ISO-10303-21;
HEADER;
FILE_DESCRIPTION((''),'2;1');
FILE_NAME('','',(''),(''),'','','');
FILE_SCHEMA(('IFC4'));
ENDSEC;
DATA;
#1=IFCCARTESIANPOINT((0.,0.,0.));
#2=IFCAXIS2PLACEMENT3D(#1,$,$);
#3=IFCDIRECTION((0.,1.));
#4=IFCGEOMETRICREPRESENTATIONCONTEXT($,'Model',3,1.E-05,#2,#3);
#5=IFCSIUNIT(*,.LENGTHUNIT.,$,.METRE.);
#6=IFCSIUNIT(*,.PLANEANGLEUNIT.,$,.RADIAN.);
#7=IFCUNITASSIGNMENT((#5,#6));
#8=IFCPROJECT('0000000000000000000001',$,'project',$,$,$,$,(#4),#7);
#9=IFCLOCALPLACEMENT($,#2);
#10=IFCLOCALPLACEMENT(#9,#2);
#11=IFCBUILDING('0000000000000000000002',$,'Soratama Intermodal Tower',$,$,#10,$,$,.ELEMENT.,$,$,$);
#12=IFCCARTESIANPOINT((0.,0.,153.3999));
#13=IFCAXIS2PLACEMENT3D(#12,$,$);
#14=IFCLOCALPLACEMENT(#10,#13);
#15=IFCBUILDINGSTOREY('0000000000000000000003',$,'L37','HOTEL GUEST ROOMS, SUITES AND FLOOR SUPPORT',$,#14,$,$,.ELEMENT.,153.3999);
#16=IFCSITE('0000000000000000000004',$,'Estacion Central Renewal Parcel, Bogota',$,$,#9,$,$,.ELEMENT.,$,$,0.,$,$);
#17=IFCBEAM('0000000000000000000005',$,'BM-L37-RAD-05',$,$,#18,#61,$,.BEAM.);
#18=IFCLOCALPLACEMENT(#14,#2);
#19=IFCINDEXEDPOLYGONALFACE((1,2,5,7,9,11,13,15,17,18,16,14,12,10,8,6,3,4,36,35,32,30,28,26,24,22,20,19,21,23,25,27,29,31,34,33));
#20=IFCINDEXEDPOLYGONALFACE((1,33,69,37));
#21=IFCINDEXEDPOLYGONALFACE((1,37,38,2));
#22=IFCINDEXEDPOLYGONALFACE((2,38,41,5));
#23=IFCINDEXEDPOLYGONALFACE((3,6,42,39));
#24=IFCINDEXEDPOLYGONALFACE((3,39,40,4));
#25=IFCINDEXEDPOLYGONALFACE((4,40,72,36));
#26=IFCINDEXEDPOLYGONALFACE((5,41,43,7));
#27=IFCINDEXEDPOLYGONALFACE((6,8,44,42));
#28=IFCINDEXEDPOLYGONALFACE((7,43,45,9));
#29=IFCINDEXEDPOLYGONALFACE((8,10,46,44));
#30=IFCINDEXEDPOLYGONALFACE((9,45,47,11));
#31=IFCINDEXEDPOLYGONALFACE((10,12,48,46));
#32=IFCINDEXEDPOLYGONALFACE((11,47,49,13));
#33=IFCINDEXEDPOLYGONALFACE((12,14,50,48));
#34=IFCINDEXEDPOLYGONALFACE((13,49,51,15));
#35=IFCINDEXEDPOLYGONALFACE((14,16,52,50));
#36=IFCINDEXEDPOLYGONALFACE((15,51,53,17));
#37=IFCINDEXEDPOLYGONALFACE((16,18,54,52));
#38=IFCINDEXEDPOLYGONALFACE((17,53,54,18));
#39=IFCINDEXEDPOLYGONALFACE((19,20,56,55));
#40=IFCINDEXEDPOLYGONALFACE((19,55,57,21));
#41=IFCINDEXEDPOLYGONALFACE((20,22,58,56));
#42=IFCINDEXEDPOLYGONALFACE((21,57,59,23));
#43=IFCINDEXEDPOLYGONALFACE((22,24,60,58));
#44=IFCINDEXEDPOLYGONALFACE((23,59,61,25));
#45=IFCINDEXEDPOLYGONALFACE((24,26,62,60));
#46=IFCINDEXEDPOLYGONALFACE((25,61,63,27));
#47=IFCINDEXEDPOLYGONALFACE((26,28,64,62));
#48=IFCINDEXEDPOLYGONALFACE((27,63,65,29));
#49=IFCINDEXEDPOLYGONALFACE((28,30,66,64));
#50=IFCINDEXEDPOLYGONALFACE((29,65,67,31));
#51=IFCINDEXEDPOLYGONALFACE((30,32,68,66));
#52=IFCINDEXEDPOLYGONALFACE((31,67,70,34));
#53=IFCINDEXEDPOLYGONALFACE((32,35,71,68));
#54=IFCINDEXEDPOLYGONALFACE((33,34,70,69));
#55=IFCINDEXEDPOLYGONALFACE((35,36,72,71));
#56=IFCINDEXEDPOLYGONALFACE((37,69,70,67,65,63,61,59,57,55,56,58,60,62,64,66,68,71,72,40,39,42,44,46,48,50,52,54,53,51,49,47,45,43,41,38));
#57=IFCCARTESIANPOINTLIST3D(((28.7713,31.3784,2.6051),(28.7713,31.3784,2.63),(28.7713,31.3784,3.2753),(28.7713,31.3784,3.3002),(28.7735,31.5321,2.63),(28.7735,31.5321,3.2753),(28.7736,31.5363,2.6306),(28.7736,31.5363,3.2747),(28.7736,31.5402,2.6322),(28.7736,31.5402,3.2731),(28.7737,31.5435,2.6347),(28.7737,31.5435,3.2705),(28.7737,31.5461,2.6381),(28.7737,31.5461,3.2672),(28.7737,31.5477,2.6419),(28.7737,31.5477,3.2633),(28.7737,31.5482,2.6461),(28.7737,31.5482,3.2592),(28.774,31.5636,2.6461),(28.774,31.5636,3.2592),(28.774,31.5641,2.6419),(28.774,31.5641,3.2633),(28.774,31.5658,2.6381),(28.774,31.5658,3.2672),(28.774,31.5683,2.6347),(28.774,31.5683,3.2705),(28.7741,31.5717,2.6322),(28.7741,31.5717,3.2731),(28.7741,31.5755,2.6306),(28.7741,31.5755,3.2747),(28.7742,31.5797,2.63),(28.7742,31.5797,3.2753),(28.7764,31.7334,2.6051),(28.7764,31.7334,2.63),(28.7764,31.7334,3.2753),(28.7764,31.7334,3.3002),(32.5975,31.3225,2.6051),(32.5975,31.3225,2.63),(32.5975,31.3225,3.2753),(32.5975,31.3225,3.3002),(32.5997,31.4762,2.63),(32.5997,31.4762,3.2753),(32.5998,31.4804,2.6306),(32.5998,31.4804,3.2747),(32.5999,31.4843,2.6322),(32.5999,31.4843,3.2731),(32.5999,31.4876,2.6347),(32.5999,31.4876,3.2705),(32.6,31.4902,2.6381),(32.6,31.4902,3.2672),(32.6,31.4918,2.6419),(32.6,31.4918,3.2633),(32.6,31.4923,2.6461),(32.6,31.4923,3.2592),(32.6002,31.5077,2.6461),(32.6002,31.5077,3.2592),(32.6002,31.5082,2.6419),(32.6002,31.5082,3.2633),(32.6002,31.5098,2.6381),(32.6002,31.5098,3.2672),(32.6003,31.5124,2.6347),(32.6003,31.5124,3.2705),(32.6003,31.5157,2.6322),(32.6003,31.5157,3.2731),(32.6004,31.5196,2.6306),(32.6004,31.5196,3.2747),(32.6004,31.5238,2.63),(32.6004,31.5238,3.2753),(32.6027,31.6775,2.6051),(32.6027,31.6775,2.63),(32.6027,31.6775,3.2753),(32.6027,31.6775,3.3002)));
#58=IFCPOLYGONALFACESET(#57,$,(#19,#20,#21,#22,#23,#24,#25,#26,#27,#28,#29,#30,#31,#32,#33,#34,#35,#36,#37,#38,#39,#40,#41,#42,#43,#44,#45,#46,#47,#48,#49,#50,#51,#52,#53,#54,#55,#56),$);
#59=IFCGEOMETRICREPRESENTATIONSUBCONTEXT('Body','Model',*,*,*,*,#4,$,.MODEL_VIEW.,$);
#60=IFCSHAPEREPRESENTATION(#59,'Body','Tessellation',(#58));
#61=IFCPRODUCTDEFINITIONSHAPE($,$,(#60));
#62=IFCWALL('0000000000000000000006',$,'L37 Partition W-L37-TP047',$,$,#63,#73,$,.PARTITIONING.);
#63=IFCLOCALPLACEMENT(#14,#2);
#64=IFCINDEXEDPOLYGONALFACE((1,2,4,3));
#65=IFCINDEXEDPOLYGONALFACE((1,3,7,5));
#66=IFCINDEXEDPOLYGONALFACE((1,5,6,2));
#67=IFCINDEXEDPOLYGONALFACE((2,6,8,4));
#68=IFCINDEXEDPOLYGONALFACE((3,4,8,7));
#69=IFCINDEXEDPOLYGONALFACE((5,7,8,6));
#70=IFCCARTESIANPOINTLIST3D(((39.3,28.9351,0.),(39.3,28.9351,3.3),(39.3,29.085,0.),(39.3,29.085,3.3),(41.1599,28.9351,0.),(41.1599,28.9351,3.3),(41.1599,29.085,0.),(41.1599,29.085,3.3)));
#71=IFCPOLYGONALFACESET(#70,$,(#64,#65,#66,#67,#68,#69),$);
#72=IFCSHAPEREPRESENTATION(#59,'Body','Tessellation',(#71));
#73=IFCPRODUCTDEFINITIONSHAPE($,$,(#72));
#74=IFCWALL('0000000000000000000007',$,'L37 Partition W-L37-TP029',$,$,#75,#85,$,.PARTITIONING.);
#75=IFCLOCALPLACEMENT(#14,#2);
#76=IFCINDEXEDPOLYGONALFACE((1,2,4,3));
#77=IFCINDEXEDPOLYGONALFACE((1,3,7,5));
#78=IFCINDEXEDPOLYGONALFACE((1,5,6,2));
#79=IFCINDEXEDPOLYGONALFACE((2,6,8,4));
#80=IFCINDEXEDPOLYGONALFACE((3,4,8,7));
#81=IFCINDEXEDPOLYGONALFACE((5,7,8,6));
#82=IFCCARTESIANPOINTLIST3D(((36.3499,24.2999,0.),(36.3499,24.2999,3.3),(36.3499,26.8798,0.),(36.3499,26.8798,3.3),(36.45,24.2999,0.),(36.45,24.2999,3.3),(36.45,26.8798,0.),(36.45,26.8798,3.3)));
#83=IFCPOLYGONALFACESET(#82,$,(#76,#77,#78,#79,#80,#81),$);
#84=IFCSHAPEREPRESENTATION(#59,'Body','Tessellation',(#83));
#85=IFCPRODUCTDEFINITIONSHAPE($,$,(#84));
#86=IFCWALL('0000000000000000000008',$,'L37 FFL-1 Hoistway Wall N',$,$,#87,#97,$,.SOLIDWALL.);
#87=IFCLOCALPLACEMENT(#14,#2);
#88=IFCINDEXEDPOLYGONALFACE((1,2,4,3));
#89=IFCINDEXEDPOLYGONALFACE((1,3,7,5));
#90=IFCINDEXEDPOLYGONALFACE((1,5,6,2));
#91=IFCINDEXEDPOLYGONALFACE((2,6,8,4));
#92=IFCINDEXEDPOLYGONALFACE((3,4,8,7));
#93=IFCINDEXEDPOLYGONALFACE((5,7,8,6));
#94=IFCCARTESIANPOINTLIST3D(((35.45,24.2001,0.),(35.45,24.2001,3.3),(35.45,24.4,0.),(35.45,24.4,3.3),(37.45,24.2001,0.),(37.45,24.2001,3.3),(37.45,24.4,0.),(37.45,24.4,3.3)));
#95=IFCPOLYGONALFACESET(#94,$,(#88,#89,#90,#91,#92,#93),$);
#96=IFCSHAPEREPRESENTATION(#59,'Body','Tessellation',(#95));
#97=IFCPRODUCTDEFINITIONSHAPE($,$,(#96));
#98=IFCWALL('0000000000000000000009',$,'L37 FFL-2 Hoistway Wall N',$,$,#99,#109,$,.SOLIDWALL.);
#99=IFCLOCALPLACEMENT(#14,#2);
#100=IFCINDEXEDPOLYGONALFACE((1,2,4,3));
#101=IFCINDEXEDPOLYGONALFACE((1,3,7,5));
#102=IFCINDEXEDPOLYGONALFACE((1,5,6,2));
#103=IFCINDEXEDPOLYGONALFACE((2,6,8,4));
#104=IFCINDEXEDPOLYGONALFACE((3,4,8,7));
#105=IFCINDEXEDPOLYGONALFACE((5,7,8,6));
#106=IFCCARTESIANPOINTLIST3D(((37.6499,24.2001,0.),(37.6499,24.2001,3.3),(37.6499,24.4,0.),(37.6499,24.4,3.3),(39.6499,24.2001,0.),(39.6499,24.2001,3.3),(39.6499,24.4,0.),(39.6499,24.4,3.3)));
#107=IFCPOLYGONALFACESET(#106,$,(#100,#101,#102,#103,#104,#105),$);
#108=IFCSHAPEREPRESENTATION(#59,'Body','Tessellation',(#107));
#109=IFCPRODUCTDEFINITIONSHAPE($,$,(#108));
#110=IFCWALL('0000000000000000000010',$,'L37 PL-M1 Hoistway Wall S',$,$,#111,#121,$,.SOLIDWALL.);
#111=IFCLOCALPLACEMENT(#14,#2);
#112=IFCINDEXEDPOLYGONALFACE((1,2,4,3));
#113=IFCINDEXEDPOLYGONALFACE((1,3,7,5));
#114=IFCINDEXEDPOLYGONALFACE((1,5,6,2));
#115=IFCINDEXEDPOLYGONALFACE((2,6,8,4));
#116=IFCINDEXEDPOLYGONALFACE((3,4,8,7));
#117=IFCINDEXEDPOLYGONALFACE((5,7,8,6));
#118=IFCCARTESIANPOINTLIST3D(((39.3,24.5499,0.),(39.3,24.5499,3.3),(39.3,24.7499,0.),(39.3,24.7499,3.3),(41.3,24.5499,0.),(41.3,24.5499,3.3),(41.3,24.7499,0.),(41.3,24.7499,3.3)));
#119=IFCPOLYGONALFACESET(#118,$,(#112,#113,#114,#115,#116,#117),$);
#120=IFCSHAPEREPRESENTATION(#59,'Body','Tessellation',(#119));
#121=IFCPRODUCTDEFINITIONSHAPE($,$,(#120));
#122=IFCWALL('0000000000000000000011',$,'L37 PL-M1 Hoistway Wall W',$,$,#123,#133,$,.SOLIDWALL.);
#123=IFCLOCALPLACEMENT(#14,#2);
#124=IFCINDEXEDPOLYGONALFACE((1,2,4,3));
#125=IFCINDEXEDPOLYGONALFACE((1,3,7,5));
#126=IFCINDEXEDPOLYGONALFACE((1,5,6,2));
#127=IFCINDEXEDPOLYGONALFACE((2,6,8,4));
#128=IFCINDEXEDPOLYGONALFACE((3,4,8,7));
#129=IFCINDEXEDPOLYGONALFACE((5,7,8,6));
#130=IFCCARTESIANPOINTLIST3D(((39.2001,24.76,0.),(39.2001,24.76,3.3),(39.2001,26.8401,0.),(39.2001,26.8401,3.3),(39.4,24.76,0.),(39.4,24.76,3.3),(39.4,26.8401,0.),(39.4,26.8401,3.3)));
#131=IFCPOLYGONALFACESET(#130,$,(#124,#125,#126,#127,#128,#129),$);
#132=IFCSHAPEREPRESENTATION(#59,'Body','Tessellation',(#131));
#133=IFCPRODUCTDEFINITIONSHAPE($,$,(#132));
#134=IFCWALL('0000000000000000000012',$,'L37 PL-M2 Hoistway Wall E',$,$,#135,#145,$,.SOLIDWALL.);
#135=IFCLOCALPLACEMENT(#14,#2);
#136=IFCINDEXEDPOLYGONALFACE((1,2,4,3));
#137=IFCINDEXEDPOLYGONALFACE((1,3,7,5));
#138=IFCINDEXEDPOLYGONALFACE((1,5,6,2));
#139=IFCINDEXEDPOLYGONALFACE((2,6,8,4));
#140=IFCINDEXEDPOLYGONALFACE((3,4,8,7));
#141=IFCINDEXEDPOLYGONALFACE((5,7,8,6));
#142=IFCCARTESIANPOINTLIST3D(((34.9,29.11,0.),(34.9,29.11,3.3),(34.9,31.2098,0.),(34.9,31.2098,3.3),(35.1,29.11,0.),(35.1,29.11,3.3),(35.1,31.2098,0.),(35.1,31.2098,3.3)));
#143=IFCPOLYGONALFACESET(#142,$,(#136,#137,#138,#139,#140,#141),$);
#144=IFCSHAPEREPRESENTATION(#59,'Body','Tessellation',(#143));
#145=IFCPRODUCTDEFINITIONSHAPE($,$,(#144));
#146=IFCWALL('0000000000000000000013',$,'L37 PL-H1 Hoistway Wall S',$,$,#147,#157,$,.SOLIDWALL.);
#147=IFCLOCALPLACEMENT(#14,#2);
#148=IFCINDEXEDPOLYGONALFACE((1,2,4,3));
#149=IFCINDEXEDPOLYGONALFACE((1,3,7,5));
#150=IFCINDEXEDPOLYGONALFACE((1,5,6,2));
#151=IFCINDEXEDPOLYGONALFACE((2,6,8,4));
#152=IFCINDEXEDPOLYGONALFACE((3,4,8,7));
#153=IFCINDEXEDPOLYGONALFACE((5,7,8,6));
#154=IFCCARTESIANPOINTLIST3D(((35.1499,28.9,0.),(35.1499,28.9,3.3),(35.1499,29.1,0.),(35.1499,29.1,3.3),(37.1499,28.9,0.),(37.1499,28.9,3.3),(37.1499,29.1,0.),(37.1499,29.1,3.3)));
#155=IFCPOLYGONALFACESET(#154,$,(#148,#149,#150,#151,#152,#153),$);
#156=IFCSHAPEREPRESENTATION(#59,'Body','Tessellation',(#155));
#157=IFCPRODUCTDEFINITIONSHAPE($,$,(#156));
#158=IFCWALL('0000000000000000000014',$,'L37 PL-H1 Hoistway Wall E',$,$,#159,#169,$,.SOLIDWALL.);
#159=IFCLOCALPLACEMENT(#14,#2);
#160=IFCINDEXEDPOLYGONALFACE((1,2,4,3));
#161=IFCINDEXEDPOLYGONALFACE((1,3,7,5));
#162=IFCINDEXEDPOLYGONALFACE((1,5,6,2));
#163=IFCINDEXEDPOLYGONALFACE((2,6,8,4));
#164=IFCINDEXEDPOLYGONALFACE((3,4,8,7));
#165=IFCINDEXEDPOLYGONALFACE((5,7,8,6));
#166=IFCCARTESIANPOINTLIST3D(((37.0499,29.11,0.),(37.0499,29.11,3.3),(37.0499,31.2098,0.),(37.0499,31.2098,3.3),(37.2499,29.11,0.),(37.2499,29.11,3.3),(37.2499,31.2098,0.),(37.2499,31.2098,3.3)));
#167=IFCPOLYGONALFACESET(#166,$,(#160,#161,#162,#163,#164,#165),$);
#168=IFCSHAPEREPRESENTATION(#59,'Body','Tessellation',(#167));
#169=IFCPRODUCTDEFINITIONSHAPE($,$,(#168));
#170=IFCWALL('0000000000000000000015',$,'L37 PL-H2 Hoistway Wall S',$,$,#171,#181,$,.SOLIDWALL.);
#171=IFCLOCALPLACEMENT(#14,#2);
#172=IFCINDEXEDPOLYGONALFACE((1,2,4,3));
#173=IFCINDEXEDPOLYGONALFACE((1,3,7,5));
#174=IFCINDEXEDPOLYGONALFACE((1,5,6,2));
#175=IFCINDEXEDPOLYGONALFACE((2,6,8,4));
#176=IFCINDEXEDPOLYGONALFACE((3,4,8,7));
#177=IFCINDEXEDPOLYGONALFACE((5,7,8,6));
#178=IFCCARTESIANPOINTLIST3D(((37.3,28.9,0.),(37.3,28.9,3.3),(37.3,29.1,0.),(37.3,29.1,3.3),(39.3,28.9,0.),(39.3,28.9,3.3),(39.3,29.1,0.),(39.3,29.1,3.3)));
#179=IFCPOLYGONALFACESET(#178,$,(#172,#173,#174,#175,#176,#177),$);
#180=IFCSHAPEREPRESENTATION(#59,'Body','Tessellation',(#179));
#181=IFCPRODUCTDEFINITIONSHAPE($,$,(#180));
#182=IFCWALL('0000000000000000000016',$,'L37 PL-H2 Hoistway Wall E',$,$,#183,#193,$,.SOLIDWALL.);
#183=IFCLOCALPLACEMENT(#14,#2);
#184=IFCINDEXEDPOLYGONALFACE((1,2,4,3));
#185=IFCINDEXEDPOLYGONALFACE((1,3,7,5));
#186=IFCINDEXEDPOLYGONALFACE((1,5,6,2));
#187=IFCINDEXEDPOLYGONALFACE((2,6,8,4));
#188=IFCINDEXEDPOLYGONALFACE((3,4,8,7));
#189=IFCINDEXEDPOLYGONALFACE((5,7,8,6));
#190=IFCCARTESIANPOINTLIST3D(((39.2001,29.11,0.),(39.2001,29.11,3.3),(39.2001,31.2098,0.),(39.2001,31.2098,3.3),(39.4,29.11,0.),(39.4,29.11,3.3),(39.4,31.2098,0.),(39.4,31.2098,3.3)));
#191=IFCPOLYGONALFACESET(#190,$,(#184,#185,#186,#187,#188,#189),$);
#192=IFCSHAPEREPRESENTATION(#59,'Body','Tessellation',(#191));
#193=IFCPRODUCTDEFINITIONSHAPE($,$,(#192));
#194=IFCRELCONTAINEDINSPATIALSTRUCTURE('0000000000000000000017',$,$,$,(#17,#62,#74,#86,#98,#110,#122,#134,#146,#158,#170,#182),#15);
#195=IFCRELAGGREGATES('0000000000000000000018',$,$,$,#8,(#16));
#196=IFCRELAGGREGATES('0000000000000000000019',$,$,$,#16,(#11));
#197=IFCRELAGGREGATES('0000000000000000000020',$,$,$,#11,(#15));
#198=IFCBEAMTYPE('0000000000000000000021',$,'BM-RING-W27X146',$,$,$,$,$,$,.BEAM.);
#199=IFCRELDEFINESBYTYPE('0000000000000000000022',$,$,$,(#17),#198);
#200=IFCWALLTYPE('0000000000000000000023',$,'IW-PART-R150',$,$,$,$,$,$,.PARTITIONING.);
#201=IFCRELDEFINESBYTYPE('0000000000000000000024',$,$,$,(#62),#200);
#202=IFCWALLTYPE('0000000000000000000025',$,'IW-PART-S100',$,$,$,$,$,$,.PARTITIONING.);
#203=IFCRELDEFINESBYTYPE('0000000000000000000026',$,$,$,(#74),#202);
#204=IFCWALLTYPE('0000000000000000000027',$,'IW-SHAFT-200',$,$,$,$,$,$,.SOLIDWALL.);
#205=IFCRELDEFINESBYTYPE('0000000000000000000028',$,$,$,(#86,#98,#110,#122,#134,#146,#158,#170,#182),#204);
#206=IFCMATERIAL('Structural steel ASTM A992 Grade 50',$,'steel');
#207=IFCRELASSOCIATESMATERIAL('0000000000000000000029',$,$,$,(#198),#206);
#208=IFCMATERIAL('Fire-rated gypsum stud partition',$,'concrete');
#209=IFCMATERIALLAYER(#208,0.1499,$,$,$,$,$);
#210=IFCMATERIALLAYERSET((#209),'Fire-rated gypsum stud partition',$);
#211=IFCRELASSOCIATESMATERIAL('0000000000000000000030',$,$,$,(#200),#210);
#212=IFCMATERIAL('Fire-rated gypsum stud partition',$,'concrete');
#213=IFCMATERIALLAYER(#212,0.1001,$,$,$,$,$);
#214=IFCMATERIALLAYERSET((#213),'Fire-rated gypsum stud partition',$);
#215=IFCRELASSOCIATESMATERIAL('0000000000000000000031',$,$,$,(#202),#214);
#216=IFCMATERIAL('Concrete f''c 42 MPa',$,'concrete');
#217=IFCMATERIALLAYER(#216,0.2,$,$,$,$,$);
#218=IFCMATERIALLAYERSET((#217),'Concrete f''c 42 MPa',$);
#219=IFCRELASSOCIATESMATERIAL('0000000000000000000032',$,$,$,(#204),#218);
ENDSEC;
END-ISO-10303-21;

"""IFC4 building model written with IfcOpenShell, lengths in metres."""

from ifc_helpers import new_model, si_unit, direction, frame, frame_2d, origin, origin_2d, place, context, subcontext, project, spatial, rectangle, i_section, extrude, material, layer, layer_set, material_profile, profile_set, type_object, element, save


model = new_model("IFC4")

# Units and contexts
model_context = context("Model", 3, precision=1e-05, world=origin(), true_north=direction((0.0, 1.0)))
body_context = subcontext(model_context, "Body", "Model", "MODEL_VIEW")
ifc_project = project(units=[si_unit("LENGTHUNIT", "METRE"), si_unit("PLANEANGLEUNIT", "RADIAN")], contexts=[model_context])

# Site, building, storey
site_placement = place(None, origin())
site = spatial("IfcSite", under=ifc_project, at=site_placement, Name="Estacion Central Renewal Parcel, Bogota", CompositionType="ELEMENT", RefElevation=0.0)
building_placement = place(site_placement, origin())
building = spatial("IfcBuilding", under=site, at=building_placement, Name="Soratama Intermodal Tower", CompositionType="ELEMENT")
storey_placement = place(building_placement, frame((0.0, 0.0, 153.3999)))
storey = spatial("IfcBuildingStorey", under=building, at=storey_placement, Name="L37", Description="HOTEL GUEST ROOMS, SUITES AND FLOOR SUPPORT", CompositionType="ELEMENT", Elevation=153.3999)

# Beam
ifc_material_1 = material(Name="Structural steel ASTM A992 Grade 50", Category="steel")
ifc_material_profile = material_profile(ifc_material_1, i_section(OverallWidth=0.355, OverallDepth=0.6951, WebThickness=0.0154, FlangeThickness=0.0249, FilletRadius=0.0161, at=origin_2d()), Name="W27X146")
ifc_profile_set = profile_set([ifc_material_profile], Name="Structural steel ASTM A992 Grade 50")
beam_type = type_object("IfcBeamType", Name="BM-RING-W27X146", PredefinedType="BEAM", material=ifc_profile_set)
beam_placement = place(storey_placement, frame((32.6001, 31.5, 2.9526), z_axis=(-0.999893, 0.01461, 0.0), x_axis=(-0.01461, -0.999893, 0.0)))
element("IfcBeam", 1, at=beam_placement, inside=storey, type_object=beam_type, Name="BM-L37-RAD-05", PredefinedType="BEAM", context=body_context, shape_type="SweptSolid", body=[
    extrude(i_section(OverallWidth=0.355, OverallDepth=0.6951, WebThickness=0.0154, FlangeThickness=0.0249, FilletRadius=0.0161, at=origin_2d()), origin(), (0.0, 0.0, 1.0), 3.8267),
])

# Shared definitions
ifc_material_2 = material(Name="Fire-rated gypsum stud partition", Category="concrete")
ifc_layer_1 = layer(ifc_material_2, 0.1499)
ifc_layer_set_1 = layer_set([ifc_layer_1], Name="Fire-rated gypsum stud partition")
wall_type_1 = type_object("IfcWallType", Name="IW-PART-R150", PredefinedType="PARTITIONING", material=ifc_layer_set_1)

# Walls
wall_1_placement = place(storey_placement, frame((39.3, 29.01, 0.0), z_axis=(0.0, 0.0, 1.0), x_axis=(1.0, 0.0, 0.0)))
element("IfcWall", 2, at=wall_1_placement, inside=storey, type_object=wall_type_1, Name="L37 Partition W-L37-TP047", PredefinedType="PARTITIONING", context=body_context, shape_type="SweptSolid", body=[
    extrude(rectangle(XDim=1.8599, YDim=0.1499, at=frame_2d((0.9299, 0.0))), origin(), (0.0, 0.0, 1.0), 3.3),
])
ifc_material_3 = material(Name="Fire-rated gypsum stud partition", Category="concrete")
ifc_layer_2 = layer(ifc_material_3, 0.1001)
ifc_layer_set_2 = layer_set([ifc_layer_2], Name="Fire-rated gypsum stud partition")
wall_type_2 = type_object("IfcWallType", Name="IW-PART-S100", PredefinedType="PARTITIONING", material=ifc_layer_set_2)
wall_2_placement = place(storey_placement, frame((36.3999, 26.8799, 0.0), z_axis=(0.0, 0.0, 1.0), x_axis=(0.0, -1.0, 0.0)))
element("IfcWall", 3, at=wall_2_placement, inside=storey, type_object=wall_type_2, Name="L37 Partition W-L37-TP029", PredefinedType="PARTITIONING", context=body_context, shape_type="SweptSolid", body=[
    extrude(rectangle(XDim=2.5798, YDim=0.1001, at=frame_2d((1.29, 0.0))), origin(), (0.0, 0.0, 1.0), 3.3),
])
ifc_material_4 = material(Name="Concrete f'c 42 MPa", Category="concrete")
ifc_layer_3 = layer(ifc_material_4, 0.2)
ifc_layer_set_3 = layer_set([ifc_layer_3], Name="Concrete f'c 42 MPa")
wall_type_3 = type_object("IfcWallType", Name="IW-SHAFT-200", PredefinedType="SOLIDWALL", material=ifc_layer_set_3)
for number, where, z_axis, x_axis, name in (
    (4, (35.45, 24.3, 0.0), (0.0, 0.0, 1.0), (1.0, 0.0, 0.0), "L37 FFL-1 Hoistway Wall N"),
    (5, (37.6499, 24.3, 0.0), (0.0, 0.0, 1.0), (1.0, 0.0, 0.0), "L37 FFL-2 Hoistway Wall N"),
    (6, (39.3, 24.6499, 0.0), (0.0, 0.0, 1.0), (1.0, 0.0, 0.0), "L37 PL-M1 Hoistway Wall S"),
):
    element("IfcWall", number, at=place(storey_placement, frame(where, z_axis=z_axis, x_axis=x_axis)), inside=storey, type_object=wall_type_3, Name=name, PredefinedType="SOLIDWALL", context=body_context, shape_type="SweptSolid", body=[
        extrude(rectangle(XDim=2.0, YDim=0.2, at=frame_2d((1.0, 0.0))), origin(), (0.0, 0.0, 1.0), 3.3),
    ])

# Wall
wall_3_placement = place(storey_placement, frame((39.3, 24.76, 0.0), z_axis=(0.0, 0.0, 1.0), x_axis=(0.0, 1.0, 0.0)))
element("IfcWall", 7, at=wall_3_placement, inside=storey, type_object=wall_type_3, Name="L37 PL-M1 Hoistway Wall W", PredefinedType="SOLIDWALL", context=body_context, shape_type="SweptSolid", body=[
    extrude(rectangle(XDim=2.0801, YDim=0.2, at=frame_2d((1.04, 0.0))), origin(), (0.0, 0.0, 1.0), 3.3),
])

# Walls
wall_4_placement = place(storey_placement, frame((35.0, 29.1101, 0.0), z_axis=(0.0, 0.0, 1.0), x_axis=(0.0, 1.0, 0.0)))
element("IfcWall", 8, at=wall_4_placement, inside=storey, type_object=wall_type_3, Name="L37 PL-M2 Hoistway Wall E", PredefinedType="SOLIDWALL", context=body_context, shape_type="SweptSolid", body=[
    extrude(rectangle(XDim=2.0999, YDim=0.2, at=frame_2d((1.0498, 0.0))), origin(), (0.0, 0.0, 1.0), 3.3),
])
wall_5_placement = place(storey_placement, frame((35.1499, 29.0, 0.0), z_axis=(0.0, 0.0, 1.0), x_axis=(1.0, 0.0, 0.0)))
element("IfcWall", 9, at=wall_5_placement, inside=storey, type_object=wall_type_3, Name="L37 PL-H1 Hoistway Wall S", PredefinedType="SOLIDWALL", context=body_context, shape_type="SweptSolid", body=[
    extrude(rectangle(XDim=2.0, YDim=0.2, at=frame_2d((1.0, 0.0))), origin(), (0.0, 0.0, 1.0), 3.3),
])
wall_6_placement = place(storey_placement, frame((37.1499, 29.1101, 0.0), z_axis=(0.0, 0.0, 1.0), x_axis=(0.0, 1.0, 0.0)))
element("IfcWall", 10, at=wall_6_placement, inside=storey, type_object=wall_type_3, Name="L37 PL-H1 Hoistway Wall E", PredefinedType="SOLIDWALL", context=body_context, shape_type="SweptSolid", body=[
    extrude(rectangle(XDim=2.0999, YDim=0.2, at=frame_2d((1.0498, 0.0))), origin(), (0.0, 0.0, 1.0), 3.3),
])
wall_7_placement = place(storey_placement, frame((37.3, 29.0, 0.0), z_axis=(0.0, 0.0, 1.0), x_axis=(1.0, 0.0, 0.0)))
element("IfcWall", 11, at=wall_7_placement, inside=storey, type_object=wall_type_3, Name="L37 PL-H2 Hoistway Wall S", PredefinedType="SOLIDWALL", context=body_context, shape_type="SweptSolid", body=[
    extrude(rectangle(XDim=2.0, YDim=0.2, at=frame_2d((1.0, 0.0))), origin(), (0.0, 0.0, 1.0), 3.3),
])
wall_8_placement = place(storey_placement, frame((39.3, 29.1101, 0.0), z_axis=(0.0, 0.0, 1.0), x_axis=(0.0, 1.0, 0.0)))
element("IfcWall", 12, at=wall_8_placement, inside=storey, type_object=wall_type_3, Name="L37 PL-H2 Hoistway Wall E", PredefinedType="SOLIDWALL", context=body_context, shape_type="SweptSolid", body=[
    extrude(rectangle(XDim=2.0999, YDim=0.2, at=frame_2d((1.0498, 0.0))), origin(), (0.0, 0.0, 1.0), 3.3),
])

save(model, "model.ifc")
